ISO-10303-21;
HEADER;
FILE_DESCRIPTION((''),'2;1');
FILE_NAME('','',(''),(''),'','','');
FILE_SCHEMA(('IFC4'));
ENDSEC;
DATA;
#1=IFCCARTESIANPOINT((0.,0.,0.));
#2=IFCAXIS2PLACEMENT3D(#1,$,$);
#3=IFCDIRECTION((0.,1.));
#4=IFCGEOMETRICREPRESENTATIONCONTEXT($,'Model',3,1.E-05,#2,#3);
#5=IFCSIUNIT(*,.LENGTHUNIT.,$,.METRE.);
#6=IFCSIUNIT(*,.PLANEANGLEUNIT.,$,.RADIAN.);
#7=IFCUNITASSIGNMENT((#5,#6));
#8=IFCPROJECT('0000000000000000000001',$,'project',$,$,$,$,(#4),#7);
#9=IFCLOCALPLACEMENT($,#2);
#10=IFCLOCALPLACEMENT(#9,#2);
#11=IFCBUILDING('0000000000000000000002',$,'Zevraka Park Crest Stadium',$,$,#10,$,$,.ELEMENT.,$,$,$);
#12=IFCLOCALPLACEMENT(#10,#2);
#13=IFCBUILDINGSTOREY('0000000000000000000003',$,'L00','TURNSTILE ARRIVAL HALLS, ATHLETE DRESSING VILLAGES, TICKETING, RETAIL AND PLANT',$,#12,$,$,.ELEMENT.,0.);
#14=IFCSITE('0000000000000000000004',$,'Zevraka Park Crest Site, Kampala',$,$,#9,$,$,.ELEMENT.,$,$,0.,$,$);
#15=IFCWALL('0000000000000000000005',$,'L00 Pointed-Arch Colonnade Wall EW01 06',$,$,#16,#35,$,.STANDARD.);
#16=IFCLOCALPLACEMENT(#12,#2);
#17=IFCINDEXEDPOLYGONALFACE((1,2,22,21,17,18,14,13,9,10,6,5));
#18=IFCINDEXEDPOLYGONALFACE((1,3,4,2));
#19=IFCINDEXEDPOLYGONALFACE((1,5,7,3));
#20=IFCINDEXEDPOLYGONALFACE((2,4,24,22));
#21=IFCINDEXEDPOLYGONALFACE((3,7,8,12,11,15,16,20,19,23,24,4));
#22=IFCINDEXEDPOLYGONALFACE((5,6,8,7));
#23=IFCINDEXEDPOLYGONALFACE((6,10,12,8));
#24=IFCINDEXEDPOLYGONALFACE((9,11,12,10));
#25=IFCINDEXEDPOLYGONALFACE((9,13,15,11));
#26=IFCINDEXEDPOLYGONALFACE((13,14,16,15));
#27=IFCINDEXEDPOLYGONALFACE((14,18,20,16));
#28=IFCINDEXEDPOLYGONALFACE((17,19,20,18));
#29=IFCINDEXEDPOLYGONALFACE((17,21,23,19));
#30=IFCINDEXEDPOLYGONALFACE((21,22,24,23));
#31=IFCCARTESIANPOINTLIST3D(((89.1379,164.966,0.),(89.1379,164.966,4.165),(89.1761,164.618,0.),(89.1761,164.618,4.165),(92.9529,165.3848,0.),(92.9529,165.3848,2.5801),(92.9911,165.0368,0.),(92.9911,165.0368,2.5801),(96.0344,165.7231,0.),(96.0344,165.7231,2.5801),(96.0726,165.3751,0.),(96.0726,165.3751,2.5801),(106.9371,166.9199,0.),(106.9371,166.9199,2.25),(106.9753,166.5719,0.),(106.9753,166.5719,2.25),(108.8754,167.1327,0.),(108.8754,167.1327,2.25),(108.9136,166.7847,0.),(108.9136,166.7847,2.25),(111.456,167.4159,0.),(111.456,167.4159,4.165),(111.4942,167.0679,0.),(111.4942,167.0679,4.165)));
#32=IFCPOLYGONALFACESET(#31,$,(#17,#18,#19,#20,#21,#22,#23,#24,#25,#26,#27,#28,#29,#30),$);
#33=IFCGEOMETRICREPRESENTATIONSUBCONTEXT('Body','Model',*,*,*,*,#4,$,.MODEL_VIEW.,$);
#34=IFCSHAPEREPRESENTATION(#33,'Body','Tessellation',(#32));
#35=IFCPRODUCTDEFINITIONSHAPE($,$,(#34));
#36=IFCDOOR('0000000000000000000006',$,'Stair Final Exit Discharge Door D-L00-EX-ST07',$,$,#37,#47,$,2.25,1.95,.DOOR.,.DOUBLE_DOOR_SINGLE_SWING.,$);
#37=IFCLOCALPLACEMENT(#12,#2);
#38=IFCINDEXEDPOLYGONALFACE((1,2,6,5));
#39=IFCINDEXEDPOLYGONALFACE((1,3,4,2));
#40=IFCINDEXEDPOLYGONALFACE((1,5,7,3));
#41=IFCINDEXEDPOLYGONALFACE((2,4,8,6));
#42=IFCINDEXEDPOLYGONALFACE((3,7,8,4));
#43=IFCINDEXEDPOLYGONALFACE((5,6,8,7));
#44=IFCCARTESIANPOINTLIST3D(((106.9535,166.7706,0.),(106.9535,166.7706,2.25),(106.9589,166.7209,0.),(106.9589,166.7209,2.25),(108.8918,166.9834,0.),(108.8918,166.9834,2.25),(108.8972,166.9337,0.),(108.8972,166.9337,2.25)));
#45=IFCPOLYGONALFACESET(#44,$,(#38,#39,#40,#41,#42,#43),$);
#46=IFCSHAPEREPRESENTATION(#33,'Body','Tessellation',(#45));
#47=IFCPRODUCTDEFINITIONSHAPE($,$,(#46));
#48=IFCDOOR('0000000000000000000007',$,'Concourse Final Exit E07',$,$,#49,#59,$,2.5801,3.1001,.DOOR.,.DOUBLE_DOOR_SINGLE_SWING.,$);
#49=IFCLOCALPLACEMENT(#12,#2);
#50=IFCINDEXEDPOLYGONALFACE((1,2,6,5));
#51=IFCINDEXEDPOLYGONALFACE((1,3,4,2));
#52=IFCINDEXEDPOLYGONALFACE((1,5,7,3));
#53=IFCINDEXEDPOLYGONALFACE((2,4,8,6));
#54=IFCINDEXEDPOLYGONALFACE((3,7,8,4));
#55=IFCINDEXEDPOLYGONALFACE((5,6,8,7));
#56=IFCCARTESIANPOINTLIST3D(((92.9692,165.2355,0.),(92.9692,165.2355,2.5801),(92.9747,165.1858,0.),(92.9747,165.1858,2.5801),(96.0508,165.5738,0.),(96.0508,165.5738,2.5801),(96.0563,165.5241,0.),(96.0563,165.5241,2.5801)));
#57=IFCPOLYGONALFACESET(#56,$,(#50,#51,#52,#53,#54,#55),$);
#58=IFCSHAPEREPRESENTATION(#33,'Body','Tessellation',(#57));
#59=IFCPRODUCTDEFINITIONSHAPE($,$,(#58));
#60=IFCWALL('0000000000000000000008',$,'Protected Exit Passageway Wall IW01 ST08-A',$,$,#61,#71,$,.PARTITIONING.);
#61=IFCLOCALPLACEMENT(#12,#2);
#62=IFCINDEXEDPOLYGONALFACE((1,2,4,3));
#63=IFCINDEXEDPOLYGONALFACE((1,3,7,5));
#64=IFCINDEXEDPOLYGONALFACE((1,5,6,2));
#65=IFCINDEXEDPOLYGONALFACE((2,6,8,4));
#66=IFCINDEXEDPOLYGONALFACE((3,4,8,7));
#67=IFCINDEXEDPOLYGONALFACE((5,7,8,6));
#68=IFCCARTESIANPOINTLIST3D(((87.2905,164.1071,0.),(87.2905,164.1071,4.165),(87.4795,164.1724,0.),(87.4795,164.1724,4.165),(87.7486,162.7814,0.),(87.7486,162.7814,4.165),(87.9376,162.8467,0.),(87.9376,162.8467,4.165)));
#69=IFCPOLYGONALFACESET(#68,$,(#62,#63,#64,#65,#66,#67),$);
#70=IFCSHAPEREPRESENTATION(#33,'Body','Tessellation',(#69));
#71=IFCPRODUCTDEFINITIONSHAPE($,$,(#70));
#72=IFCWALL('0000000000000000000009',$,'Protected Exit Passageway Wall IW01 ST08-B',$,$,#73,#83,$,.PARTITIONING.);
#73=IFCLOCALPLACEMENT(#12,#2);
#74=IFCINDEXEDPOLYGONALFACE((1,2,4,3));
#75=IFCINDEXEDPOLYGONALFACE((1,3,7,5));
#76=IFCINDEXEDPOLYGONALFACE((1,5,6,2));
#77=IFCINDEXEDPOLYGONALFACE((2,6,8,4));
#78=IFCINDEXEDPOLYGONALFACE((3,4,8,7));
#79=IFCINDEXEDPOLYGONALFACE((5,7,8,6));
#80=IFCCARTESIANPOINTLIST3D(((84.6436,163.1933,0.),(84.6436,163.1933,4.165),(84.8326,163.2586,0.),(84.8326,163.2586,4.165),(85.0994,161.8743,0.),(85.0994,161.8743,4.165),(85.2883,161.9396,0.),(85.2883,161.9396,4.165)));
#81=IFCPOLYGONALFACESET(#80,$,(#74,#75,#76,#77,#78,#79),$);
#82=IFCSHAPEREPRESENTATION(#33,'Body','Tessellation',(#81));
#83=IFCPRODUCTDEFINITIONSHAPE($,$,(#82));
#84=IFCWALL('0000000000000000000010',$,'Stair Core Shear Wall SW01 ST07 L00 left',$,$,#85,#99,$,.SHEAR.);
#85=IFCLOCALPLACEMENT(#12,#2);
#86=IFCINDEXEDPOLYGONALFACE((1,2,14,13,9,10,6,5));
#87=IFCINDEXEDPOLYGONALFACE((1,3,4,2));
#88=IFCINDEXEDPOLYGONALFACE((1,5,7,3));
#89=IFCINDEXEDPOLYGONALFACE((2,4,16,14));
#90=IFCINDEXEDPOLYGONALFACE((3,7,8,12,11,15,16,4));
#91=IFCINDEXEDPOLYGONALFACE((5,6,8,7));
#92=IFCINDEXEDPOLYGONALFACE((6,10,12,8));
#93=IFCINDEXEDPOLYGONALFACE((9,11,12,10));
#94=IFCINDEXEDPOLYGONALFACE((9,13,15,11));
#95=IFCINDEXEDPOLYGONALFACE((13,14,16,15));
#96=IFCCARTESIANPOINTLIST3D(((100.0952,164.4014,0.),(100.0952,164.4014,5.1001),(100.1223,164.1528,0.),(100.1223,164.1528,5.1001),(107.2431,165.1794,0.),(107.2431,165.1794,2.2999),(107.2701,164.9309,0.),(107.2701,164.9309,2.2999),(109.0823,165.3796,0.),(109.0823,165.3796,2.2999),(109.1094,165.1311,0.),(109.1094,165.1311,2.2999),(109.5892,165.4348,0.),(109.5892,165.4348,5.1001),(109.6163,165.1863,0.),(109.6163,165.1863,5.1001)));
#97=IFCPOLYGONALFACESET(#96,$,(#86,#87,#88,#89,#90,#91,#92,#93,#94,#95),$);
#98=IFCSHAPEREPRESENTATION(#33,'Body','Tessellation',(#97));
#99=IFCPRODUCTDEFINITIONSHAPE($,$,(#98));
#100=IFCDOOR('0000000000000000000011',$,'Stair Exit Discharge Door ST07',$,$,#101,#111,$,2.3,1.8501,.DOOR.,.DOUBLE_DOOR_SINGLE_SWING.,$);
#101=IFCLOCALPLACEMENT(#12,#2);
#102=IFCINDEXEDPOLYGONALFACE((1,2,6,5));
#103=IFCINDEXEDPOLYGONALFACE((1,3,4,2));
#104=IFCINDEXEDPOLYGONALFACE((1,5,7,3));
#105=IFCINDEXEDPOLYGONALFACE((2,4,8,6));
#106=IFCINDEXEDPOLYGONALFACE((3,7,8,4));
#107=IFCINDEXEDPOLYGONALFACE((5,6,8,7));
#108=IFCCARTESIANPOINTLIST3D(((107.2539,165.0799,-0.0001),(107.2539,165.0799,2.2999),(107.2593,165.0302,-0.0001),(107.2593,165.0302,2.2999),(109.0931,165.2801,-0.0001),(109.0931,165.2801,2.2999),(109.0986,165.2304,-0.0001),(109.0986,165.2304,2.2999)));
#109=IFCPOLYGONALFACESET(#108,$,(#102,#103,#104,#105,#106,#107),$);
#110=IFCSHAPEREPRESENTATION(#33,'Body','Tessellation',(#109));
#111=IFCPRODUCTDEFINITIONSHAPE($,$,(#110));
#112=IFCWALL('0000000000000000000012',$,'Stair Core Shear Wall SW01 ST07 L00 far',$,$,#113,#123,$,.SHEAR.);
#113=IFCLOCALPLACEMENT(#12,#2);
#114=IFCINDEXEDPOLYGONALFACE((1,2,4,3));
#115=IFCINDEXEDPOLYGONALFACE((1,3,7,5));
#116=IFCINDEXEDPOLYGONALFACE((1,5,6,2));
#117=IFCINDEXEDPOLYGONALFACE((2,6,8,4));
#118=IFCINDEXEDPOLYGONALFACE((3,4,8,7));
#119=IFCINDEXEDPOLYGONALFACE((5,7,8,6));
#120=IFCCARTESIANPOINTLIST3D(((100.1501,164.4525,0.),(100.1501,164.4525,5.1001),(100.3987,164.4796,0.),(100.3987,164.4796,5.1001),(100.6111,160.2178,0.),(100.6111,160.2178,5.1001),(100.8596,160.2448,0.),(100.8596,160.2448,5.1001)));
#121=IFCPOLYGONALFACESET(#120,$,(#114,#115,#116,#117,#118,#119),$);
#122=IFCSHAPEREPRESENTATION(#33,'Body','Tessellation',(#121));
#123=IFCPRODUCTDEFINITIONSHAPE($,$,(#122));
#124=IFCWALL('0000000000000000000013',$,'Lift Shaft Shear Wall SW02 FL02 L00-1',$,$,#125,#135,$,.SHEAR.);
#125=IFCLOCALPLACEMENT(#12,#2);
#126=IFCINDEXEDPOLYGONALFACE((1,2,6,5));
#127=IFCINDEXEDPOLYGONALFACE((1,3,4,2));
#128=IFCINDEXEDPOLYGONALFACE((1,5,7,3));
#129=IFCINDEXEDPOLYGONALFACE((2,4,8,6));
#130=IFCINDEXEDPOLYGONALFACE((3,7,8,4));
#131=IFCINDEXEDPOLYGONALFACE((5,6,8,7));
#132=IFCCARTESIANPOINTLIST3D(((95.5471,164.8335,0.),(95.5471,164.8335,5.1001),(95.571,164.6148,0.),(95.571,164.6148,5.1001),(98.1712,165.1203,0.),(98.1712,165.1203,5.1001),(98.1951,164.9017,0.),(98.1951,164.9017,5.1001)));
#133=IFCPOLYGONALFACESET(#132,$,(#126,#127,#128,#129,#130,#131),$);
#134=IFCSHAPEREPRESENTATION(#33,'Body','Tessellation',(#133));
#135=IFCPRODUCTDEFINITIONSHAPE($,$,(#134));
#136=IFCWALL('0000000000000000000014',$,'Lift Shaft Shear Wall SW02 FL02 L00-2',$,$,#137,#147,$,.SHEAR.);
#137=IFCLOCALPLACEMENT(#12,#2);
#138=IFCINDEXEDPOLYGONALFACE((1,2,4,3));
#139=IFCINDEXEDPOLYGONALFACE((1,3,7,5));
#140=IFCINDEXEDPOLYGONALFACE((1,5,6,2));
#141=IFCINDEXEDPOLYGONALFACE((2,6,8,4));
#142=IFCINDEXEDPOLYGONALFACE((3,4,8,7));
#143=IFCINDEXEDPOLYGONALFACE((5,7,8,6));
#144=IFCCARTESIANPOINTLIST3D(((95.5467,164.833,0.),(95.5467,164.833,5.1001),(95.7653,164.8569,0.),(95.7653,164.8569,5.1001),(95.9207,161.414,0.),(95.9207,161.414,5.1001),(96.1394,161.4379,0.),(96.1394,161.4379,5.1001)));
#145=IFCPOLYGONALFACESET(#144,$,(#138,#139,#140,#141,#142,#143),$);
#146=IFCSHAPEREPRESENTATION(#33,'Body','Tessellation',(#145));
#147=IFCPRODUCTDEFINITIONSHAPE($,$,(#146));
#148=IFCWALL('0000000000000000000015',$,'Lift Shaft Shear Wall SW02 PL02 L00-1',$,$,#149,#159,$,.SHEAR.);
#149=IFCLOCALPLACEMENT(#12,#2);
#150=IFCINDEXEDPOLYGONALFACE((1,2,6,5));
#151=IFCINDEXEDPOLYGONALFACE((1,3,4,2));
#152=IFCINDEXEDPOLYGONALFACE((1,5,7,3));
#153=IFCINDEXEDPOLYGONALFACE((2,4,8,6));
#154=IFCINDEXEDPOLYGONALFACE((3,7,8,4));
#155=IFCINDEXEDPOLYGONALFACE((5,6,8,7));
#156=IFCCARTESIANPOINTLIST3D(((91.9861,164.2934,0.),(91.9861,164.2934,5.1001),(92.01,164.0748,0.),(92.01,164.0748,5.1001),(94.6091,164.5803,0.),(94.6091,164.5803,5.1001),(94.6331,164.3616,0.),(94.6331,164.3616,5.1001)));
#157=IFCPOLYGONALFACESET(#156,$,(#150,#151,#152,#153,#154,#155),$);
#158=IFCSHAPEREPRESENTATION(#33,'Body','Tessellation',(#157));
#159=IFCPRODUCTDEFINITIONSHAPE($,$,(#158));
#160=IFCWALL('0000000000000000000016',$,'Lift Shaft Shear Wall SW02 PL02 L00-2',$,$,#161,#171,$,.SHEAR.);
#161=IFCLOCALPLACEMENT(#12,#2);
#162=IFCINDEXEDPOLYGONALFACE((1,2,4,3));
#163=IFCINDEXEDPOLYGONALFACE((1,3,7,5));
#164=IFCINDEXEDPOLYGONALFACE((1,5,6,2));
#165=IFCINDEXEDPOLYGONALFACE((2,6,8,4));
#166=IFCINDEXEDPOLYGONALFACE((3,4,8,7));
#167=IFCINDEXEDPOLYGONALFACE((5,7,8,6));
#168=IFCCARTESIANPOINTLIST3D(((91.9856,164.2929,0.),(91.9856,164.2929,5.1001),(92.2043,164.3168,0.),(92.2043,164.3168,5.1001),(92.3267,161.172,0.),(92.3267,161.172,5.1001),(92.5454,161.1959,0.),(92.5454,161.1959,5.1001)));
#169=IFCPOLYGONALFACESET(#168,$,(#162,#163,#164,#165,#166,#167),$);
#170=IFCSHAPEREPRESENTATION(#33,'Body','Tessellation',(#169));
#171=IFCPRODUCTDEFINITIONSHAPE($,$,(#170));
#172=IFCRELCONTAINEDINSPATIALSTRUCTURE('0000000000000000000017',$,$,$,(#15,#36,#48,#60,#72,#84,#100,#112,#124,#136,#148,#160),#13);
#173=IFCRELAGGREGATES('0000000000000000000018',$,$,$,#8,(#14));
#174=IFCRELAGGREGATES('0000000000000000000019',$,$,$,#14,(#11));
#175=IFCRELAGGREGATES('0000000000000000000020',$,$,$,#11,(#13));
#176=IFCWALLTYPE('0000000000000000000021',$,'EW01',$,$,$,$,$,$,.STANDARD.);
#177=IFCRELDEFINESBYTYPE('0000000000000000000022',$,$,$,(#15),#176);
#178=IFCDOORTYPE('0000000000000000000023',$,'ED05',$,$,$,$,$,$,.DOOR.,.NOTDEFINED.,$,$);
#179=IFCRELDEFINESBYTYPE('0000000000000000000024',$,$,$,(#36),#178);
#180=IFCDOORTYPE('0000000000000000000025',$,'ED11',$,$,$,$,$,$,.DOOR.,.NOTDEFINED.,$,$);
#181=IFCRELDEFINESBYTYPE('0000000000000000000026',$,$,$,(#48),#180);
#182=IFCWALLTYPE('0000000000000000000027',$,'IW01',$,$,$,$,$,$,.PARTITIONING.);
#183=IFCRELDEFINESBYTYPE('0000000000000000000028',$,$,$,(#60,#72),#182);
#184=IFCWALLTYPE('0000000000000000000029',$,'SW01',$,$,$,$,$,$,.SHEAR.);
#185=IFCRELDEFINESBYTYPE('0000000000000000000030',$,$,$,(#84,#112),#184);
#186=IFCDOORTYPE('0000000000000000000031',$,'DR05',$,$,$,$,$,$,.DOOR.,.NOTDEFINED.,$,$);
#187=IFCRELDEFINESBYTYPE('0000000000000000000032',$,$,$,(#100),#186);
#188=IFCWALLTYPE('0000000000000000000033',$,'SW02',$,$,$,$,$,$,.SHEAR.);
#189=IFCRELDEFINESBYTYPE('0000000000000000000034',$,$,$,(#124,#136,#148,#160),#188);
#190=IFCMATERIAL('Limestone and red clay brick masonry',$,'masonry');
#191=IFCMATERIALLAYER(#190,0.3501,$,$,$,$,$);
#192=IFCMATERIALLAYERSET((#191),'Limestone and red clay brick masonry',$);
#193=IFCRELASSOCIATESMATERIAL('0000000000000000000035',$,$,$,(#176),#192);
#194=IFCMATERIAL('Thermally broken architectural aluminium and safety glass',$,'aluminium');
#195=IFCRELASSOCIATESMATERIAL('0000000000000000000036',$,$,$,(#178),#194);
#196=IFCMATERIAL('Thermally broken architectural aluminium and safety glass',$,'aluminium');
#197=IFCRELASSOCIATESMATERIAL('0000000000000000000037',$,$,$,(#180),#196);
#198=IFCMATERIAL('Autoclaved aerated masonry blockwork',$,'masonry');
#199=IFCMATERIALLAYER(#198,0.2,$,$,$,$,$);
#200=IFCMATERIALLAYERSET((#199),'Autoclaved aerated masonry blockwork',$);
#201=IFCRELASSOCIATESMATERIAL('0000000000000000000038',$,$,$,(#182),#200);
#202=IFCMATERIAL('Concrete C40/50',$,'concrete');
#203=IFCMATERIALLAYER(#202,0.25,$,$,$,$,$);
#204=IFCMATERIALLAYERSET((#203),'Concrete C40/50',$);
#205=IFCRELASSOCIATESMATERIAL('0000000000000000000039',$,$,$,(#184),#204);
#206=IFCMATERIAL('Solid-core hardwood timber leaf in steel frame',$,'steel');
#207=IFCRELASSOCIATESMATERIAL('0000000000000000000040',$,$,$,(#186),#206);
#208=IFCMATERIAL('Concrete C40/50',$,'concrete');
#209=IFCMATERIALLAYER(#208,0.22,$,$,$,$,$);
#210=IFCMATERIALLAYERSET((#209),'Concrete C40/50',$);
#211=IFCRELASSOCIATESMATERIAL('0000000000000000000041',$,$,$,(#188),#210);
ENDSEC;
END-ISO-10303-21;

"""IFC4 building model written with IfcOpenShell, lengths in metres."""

from ifc_helpers import new_model, si_unit, direction, frame, frame_2d, origin, place, context, subcontext, project, spatial, rectangle, extrude, material, layer, layer_set, type_object, element, fill, save


model = new_model("IFC4")

# Units and contexts
model_context = context("Model", 3, precision=1e-05, world=origin(), true_north=direction((0.0, 1.0)))
body_context = subcontext(model_context, "Body", "Model", "MODEL_VIEW")
ifc_project = project(units=[si_unit("LENGTHUNIT", "METRE"), si_unit("PLANEANGLEUNIT", "RADIAN")], contexts=[model_context])

# Site, building, storey
site_placement = place(None, origin())
site = spatial("IfcSite", under=ifc_project, at=site_placement, Name="Zevraka Park Crest Site, Kampala", CompositionType="ELEMENT", RefElevation=0.0)
building_placement = place(site_placement, origin())
building = spatial("IfcBuilding", under=site, at=building_placement, Name="Zevraka Park Crest Stadium", CompositionType="ELEMENT")
storey_placement = place(building_placement, origin())
storey = spatial("IfcBuildingStorey", under=building, at=storey_placement, Name="L00", Description="TURNSTILE ARRIVAL HALLS, ATHLETE DRESSING VILLAGES, TICKETING, RETAIL AND PLANT", CompositionType="ELEMENT", Elevation=0.0)

# Wall, openings, doors
ifc_material_1 = material(Name="Limestone and red clay brick masonry", Category="masonry")
ifc_layer_1 = layer(ifc_material_1, 0.3501)
ifc_layer_set_1 = layer_set([ifc_layer_1], Name="Limestone and red clay brick masonry")
wall_type_1 = type_object("IfcWallType", Name="EW01", PredefinedType="STANDARD", material=ifc_layer_set_1)
wall_1_placement = place(storey_placement, frame((89.157, 164.792, 0.0), z_axis=(0.0, 0.0, 1.0), x_axis=(0.994029, 0.109119, 0.0)))
wall_1 = element("IfcWall", 1, at=wall_1_placement, inside=storey, type_object=wall_type_1, Name="L00 Pointed-Arch Colonnade Wall EW01 06", PredefinedType="STANDARD", context=body_context, shape_type="SweptSolid", body=[
    extrude(rectangle(XDim=22.4521, YDim=0.3501, at=frame_2d((11.2261, 0.0))), origin(), (0.0, 0.0, 1.0), 4.165),
])
opening_1_placement = place(wall_1_placement, frame((17.906, 0.0, 0.0)))
opening_1 = element("IfcOpeningElement", 2, at=opening_1_placement, cuts=wall_1, PredefinedType="OPENING", context=body_context, shape_type="SweptSolid", body=[
    extrude(rectangle(XDim=1.95, YDim=2.25, at=frame_2d((0.9751, 1.125))), frame((0.0, 0.1851, 0.0), z_axis=(0.0, -1.0, 0.0), x_axis=(1.0, 0.0, 0.0)), (0.0, 0.0, 1.0), 0.3701),
])
opening_2_placement = place(wall_1_placement, frame((3.8379, 0.0, 0.0)))
opening_2 = element("IfcOpeningElement", 3, at=opening_2_placement, cuts=wall_1, PredefinedType="OPENING", context=body_context, shape_type="SweptSolid", body=[
    extrude(rectangle(XDim=3.1001, YDim=2.5801, at=frame_2d((1.55, 1.29))), frame((0.0, 0.1851, 0.0), z_axis=(0.0, -1.0, 0.0), x_axis=(1.0, 0.0, 0.0)), (0.0, 0.0, 1.0), 0.3701),
])
ifc_material_2 = material(Name="Thermally broken architectural aluminium and safety glass", Category="aluminium")
door_type_1 = type_object("IfcDoorType", Name="ED05", OperationType="NOTDEFINED", PredefinedType="DOOR", material=ifc_material_2)
door_1_placement = place(opening_1_placement, origin())
door_1 = element("IfcDoor", 4, at=door_1_placement, inside=storey, type_object=door_type_1, Name="Stair Final Exit Discharge Door D-L00-EX-ST07", OperationType="DOUBLE_DOOR_SINGLE_SWING", OverallHeight=2.25, OverallWidth=1.95, PredefinedType="DOOR", context=body_context, shape_type="SweptSolid", body=[
    extrude(rectangle(XDim=1.95, YDim=2.25, at=frame_2d((0.9751, 1.125))), frame((0.0, 0.0249, 0.0), z_axis=(0.0, -1.0, 0.0), x_axis=(1.0, 0.0, 0.0)), (0.0, 0.0, 1.0), 0.05),
])
fill(opening_1, door_1)
ifc_material_3 = material(Name="Thermally broken architectural aluminium and safety glass", Category="aluminium")
door_type_2 = type_object("IfcDoorType", Name="ED11", OperationType="NOTDEFINED", PredefinedType="DOOR", material=ifc_material_3)
door_2_placement = place(opening_2_placement, origin())
door_2 = element("IfcDoor", 5, at=door_2_placement, inside=storey, type_object=door_type_2, Name="Concourse Final Exit E07", OperationType="DOUBLE_DOOR_SINGLE_SWING", OverallHeight=2.5801, OverallWidth=3.1001, PredefinedType="DOOR", context=body_context, shape_type="SweptSolid", body=[
    extrude(rectangle(XDim=3.1001, YDim=2.5801, at=frame_2d((1.55, 1.29))), frame((0.0, 0.0249, 0.0), z_axis=(0.0, -1.0, 0.0), x_axis=(1.0, 0.0, 0.0)), (0.0, 0.0, 1.0), 0.05),
])
fill(opening_2, door_2)

# Walls
ifc_material_4 = material(Name="Autoclaved aerated masonry blockwork", Category="masonry")
ifc_layer_2 = layer(ifc_material_4, 0.2)
ifc_layer_set_2 = layer_set([ifc_layer_2], Name="Autoclaved aerated masonry blockwork")
wall_type_2 = type_object("IfcWallType", Name="IW01", PredefinedType="PARTITIONING", material=ifc_layer_set_2)
wall_2_placement = place(storey_placement, frame((87.843, 162.8142, 0.0), z_axis=(0.0, 0.0, 1.0), x_axis=(-0.326549, 0.94518, 0.0)))
element("IfcWall", 6, at=wall_2_placement, inside=storey, type_object=wall_type_2, Name="Protected Exit Passageway Wall IW01 ST08-A", PredefinedType="PARTITIONING", context=body_context, shape_type="SweptSolid", body=[
    extrude(rectangle(XDim=1.4026, YDim=0.2, at=frame_2d((0.7012, 0.0))), origin(), (0.0, 0.0, 1.0), 4.165),
])
wall_3_placement = place(storey_placement, frame((85.1938, 161.907, 0.0), z_axis=(0.0, 0.0, 1.0), x_axis=(-0.3266, 0.945163, 0.0)))
element("IfcWall", 7, at=wall_3_placement, inside=storey, type_object=wall_type_2, Name="Protected Exit Passageway Wall IW01 ST08-B", PredefinedType="PARTITIONING", context=body_context, shape_type="SweptSolid", body=[
    extrude(rectangle(XDim=1.3955, YDim=0.2, at=frame_2d((0.6978, 0.0))), origin(), (0.0, 0.0, 1.0), 4.165),
])

# Wall, opening, door
ifc_material_5 = material(Name="Concrete C40/50", Category="concrete")
ifc_layer_3 = layer(ifc_material_5, 0.25)
ifc_layer_set_3 = layer_set([ifc_layer_3], Name="Concrete C40/50")
wall_type_3 = type_object("IfcWallType", Name="SW01", PredefinedType="SHEAR", material=ifc_layer_set_3)
wall_4_placement = place(storey_placement, frame((100.1089, 164.2771, 0.0), z_axis=(0.0, 0.0, 1.0), x_axis=(0.994128, 0.108215, 0.0)))
wall_4 = element("IfcWall", 8, at=wall_4_placement, inside=storey, type_object=wall_type_3, Name="Stair Core Shear Wall SW01 ST07 L00 left", PredefinedType="SHEAR", context=body_context, shape_type="SweptSolid", body=[
    extrude(rectangle(XDim=9.55, YDim=0.25, at=frame_2d((4.7749, 0.0))), origin(), (0.0, 0.0, 1.0), 5.1001),
])
opening_3_placement = place(wall_4_placement, frame((7.1899, 0.0, 0.0)))
opening_3 = element("IfcOpeningElement", 9, at=opening_3_placement, cuts=wall_4, PredefinedType="OPENING", context=body_context, shape_type="SweptSolid", body=[
    extrude(rectangle(XDim=1.8501, YDim=2.3, at=frame_2d((0.925, 1.1499))), frame((0.0, 0.135, 0.0), z_axis=(0.0, -1.0, 0.0), x_axis=(1.0, 0.0, 0.0)), (0.0, 0.0, 1.0), 0.27),
])
ifc_material_6 = material(Name="Solid-core hardwood timber leaf in steel frame", Category="steel")
door_type_3 = type_object("IfcDoorType", Name="DR05", OperationType="NOTDEFINED", PredefinedType="DOOR", material=ifc_material_6)
door_3_placement = place(opening_3_placement, origin())
door_3 = element("IfcDoor", 10, at=door_3_placement, inside=storey, type_object=door_type_3, Name="Stair Exit Discharge Door ST07", OperationType="DOUBLE_DOOR_SINGLE_SWING", OverallHeight=2.3, OverallWidth=1.8501, PredefinedType="DOOR", context=body_context, shape_type="SweptSolid", body=[
    extrude(rectangle(XDim=1.8501, YDim=2.3, at=frame_2d((0.925, 1.1499))), frame((0.0, 0.0249, 0.0), z_axis=(0.0, -1.0, 0.0), x_axis=(1.0, 0.0, 0.0)), (0.0, 0.0, 1.0), 0.05),
])
fill(opening_3, door_3)

# Walls
wall_5_placement = place(storey_placement, frame((100.2744, 164.4661, 0.0), z_axis=(0.0, 0.0, 1.0), x_axis=(0.108204, -0.994129, 0.0)))
element("IfcWall", 11, at=wall_5_placement, inside=storey, type_object=wall_type_3, Name="Stair Core Shear Wall SW01 ST07 L00 far", PredefinedType="SHEAR", context=body_context, shape_type="SweptSolid", body=[
    extrude(rectangle(XDim=4.2598, YDim=0.25, at=frame_2d((2.1299, 0.0))), origin(), (0.0, 0.0, 1.0), 5.1001),
])
ifc_material_7 = material(Name="Concrete C40/50", Category="concrete")
ifc_layer_4 = layer(ifc_material_7, 0.22)
ifc_layer_set_4 = layer_set([ifc_layer_4], Name="Concrete C40/50")
wall_type_4 = type_object("IfcWallType", Name="SW02", PredefinedType="SHEAR", material=ifc_layer_set_4)
wall_6_placement = place(storey_placement, frame((98.1831, 165.011, 0.0), z_axis=(0.0, 0.0, 1.0), x_axis=(-0.994077, -0.108675, 0.0)))
element("IfcWall", 12, at=wall_6_placement, inside=storey, type_object=wall_type_4, Name="Lift Shaft Shear Wall SW02 FL02 L00-1", PredefinedType="SHEAR", context=body_context, shape_type="SweptSolid", body=[
    extrude(rectangle(XDim=2.6396, YDim=0.22, at=frame_2d((1.3198, 0.0))), origin(), (0.0, 0.0, 1.0), 5.1001),
])
wall_7_placement = place(storey_placement, frame((95.656, 164.845, 0.0), z_axis=(0.0, 0.0, 1.0), x_axis=(0.108749, -0.994069, 0.0)))
element("IfcWall", 13, at=wall_7_placement, inside=storey, type_object=wall_type_4, Name="Lift Shaft Shear Wall SW02 FL02 L00-2", PredefinedType="SHEAR", context=body_context, shape_type="SweptSolid", body=[
    extrude(rectangle(XDim=3.4395, YDim=0.22, at=frame_2d((1.7197, 0.0))), origin(), (0.0, 0.0, 1.0), 5.1001),
])
wall_8_placement = place(storey_placement, frame((94.6211, 164.4709, 0.0), z_axis=(0.0, 0.0, 1.0), x_axis=(-0.994073, -0.108715, 0.0)))
element("IfcWall", 14, at=wall_8_placement, inside=storey, type_object=wall_type_4, Name="Lift Shaft Shear Wall SW02 PL02 L00-1", PredefinedType="SHEAR", context=body_context, shape_type="SweptSolid", body=[
    extrude(rectangle(XDim=2.6387, YDim=0.22, at=frame_2d((1.3193, 0.0))), origin(), (0.0, 0.0, 1.0), 5.1001),
])
wall_9_placement = place(storey_placement, frame((92.095, 164.3049, 0.0), z_axis=(0.0, 0.0, 1.0), x_axis=(0.108639, -0.994081, 0.0)))
element("IfcWall", 15, at=wall_9_placement, inside=storey, type_object=wall_type_4, Name="Lift Shaft Shear Wall SW02 PL02 L00-2", PredefinedType="SHEAR", context=body_context, shape_type="SweptSolid", body=[
    extrude(rectangle(XDim=3.1394, YDim=0.22, at=frame_2d((1.5698, 0.0))), origin(), (0.0, 0.0, 1.0), 5.1001),
])

save(model, "model.ifc")
